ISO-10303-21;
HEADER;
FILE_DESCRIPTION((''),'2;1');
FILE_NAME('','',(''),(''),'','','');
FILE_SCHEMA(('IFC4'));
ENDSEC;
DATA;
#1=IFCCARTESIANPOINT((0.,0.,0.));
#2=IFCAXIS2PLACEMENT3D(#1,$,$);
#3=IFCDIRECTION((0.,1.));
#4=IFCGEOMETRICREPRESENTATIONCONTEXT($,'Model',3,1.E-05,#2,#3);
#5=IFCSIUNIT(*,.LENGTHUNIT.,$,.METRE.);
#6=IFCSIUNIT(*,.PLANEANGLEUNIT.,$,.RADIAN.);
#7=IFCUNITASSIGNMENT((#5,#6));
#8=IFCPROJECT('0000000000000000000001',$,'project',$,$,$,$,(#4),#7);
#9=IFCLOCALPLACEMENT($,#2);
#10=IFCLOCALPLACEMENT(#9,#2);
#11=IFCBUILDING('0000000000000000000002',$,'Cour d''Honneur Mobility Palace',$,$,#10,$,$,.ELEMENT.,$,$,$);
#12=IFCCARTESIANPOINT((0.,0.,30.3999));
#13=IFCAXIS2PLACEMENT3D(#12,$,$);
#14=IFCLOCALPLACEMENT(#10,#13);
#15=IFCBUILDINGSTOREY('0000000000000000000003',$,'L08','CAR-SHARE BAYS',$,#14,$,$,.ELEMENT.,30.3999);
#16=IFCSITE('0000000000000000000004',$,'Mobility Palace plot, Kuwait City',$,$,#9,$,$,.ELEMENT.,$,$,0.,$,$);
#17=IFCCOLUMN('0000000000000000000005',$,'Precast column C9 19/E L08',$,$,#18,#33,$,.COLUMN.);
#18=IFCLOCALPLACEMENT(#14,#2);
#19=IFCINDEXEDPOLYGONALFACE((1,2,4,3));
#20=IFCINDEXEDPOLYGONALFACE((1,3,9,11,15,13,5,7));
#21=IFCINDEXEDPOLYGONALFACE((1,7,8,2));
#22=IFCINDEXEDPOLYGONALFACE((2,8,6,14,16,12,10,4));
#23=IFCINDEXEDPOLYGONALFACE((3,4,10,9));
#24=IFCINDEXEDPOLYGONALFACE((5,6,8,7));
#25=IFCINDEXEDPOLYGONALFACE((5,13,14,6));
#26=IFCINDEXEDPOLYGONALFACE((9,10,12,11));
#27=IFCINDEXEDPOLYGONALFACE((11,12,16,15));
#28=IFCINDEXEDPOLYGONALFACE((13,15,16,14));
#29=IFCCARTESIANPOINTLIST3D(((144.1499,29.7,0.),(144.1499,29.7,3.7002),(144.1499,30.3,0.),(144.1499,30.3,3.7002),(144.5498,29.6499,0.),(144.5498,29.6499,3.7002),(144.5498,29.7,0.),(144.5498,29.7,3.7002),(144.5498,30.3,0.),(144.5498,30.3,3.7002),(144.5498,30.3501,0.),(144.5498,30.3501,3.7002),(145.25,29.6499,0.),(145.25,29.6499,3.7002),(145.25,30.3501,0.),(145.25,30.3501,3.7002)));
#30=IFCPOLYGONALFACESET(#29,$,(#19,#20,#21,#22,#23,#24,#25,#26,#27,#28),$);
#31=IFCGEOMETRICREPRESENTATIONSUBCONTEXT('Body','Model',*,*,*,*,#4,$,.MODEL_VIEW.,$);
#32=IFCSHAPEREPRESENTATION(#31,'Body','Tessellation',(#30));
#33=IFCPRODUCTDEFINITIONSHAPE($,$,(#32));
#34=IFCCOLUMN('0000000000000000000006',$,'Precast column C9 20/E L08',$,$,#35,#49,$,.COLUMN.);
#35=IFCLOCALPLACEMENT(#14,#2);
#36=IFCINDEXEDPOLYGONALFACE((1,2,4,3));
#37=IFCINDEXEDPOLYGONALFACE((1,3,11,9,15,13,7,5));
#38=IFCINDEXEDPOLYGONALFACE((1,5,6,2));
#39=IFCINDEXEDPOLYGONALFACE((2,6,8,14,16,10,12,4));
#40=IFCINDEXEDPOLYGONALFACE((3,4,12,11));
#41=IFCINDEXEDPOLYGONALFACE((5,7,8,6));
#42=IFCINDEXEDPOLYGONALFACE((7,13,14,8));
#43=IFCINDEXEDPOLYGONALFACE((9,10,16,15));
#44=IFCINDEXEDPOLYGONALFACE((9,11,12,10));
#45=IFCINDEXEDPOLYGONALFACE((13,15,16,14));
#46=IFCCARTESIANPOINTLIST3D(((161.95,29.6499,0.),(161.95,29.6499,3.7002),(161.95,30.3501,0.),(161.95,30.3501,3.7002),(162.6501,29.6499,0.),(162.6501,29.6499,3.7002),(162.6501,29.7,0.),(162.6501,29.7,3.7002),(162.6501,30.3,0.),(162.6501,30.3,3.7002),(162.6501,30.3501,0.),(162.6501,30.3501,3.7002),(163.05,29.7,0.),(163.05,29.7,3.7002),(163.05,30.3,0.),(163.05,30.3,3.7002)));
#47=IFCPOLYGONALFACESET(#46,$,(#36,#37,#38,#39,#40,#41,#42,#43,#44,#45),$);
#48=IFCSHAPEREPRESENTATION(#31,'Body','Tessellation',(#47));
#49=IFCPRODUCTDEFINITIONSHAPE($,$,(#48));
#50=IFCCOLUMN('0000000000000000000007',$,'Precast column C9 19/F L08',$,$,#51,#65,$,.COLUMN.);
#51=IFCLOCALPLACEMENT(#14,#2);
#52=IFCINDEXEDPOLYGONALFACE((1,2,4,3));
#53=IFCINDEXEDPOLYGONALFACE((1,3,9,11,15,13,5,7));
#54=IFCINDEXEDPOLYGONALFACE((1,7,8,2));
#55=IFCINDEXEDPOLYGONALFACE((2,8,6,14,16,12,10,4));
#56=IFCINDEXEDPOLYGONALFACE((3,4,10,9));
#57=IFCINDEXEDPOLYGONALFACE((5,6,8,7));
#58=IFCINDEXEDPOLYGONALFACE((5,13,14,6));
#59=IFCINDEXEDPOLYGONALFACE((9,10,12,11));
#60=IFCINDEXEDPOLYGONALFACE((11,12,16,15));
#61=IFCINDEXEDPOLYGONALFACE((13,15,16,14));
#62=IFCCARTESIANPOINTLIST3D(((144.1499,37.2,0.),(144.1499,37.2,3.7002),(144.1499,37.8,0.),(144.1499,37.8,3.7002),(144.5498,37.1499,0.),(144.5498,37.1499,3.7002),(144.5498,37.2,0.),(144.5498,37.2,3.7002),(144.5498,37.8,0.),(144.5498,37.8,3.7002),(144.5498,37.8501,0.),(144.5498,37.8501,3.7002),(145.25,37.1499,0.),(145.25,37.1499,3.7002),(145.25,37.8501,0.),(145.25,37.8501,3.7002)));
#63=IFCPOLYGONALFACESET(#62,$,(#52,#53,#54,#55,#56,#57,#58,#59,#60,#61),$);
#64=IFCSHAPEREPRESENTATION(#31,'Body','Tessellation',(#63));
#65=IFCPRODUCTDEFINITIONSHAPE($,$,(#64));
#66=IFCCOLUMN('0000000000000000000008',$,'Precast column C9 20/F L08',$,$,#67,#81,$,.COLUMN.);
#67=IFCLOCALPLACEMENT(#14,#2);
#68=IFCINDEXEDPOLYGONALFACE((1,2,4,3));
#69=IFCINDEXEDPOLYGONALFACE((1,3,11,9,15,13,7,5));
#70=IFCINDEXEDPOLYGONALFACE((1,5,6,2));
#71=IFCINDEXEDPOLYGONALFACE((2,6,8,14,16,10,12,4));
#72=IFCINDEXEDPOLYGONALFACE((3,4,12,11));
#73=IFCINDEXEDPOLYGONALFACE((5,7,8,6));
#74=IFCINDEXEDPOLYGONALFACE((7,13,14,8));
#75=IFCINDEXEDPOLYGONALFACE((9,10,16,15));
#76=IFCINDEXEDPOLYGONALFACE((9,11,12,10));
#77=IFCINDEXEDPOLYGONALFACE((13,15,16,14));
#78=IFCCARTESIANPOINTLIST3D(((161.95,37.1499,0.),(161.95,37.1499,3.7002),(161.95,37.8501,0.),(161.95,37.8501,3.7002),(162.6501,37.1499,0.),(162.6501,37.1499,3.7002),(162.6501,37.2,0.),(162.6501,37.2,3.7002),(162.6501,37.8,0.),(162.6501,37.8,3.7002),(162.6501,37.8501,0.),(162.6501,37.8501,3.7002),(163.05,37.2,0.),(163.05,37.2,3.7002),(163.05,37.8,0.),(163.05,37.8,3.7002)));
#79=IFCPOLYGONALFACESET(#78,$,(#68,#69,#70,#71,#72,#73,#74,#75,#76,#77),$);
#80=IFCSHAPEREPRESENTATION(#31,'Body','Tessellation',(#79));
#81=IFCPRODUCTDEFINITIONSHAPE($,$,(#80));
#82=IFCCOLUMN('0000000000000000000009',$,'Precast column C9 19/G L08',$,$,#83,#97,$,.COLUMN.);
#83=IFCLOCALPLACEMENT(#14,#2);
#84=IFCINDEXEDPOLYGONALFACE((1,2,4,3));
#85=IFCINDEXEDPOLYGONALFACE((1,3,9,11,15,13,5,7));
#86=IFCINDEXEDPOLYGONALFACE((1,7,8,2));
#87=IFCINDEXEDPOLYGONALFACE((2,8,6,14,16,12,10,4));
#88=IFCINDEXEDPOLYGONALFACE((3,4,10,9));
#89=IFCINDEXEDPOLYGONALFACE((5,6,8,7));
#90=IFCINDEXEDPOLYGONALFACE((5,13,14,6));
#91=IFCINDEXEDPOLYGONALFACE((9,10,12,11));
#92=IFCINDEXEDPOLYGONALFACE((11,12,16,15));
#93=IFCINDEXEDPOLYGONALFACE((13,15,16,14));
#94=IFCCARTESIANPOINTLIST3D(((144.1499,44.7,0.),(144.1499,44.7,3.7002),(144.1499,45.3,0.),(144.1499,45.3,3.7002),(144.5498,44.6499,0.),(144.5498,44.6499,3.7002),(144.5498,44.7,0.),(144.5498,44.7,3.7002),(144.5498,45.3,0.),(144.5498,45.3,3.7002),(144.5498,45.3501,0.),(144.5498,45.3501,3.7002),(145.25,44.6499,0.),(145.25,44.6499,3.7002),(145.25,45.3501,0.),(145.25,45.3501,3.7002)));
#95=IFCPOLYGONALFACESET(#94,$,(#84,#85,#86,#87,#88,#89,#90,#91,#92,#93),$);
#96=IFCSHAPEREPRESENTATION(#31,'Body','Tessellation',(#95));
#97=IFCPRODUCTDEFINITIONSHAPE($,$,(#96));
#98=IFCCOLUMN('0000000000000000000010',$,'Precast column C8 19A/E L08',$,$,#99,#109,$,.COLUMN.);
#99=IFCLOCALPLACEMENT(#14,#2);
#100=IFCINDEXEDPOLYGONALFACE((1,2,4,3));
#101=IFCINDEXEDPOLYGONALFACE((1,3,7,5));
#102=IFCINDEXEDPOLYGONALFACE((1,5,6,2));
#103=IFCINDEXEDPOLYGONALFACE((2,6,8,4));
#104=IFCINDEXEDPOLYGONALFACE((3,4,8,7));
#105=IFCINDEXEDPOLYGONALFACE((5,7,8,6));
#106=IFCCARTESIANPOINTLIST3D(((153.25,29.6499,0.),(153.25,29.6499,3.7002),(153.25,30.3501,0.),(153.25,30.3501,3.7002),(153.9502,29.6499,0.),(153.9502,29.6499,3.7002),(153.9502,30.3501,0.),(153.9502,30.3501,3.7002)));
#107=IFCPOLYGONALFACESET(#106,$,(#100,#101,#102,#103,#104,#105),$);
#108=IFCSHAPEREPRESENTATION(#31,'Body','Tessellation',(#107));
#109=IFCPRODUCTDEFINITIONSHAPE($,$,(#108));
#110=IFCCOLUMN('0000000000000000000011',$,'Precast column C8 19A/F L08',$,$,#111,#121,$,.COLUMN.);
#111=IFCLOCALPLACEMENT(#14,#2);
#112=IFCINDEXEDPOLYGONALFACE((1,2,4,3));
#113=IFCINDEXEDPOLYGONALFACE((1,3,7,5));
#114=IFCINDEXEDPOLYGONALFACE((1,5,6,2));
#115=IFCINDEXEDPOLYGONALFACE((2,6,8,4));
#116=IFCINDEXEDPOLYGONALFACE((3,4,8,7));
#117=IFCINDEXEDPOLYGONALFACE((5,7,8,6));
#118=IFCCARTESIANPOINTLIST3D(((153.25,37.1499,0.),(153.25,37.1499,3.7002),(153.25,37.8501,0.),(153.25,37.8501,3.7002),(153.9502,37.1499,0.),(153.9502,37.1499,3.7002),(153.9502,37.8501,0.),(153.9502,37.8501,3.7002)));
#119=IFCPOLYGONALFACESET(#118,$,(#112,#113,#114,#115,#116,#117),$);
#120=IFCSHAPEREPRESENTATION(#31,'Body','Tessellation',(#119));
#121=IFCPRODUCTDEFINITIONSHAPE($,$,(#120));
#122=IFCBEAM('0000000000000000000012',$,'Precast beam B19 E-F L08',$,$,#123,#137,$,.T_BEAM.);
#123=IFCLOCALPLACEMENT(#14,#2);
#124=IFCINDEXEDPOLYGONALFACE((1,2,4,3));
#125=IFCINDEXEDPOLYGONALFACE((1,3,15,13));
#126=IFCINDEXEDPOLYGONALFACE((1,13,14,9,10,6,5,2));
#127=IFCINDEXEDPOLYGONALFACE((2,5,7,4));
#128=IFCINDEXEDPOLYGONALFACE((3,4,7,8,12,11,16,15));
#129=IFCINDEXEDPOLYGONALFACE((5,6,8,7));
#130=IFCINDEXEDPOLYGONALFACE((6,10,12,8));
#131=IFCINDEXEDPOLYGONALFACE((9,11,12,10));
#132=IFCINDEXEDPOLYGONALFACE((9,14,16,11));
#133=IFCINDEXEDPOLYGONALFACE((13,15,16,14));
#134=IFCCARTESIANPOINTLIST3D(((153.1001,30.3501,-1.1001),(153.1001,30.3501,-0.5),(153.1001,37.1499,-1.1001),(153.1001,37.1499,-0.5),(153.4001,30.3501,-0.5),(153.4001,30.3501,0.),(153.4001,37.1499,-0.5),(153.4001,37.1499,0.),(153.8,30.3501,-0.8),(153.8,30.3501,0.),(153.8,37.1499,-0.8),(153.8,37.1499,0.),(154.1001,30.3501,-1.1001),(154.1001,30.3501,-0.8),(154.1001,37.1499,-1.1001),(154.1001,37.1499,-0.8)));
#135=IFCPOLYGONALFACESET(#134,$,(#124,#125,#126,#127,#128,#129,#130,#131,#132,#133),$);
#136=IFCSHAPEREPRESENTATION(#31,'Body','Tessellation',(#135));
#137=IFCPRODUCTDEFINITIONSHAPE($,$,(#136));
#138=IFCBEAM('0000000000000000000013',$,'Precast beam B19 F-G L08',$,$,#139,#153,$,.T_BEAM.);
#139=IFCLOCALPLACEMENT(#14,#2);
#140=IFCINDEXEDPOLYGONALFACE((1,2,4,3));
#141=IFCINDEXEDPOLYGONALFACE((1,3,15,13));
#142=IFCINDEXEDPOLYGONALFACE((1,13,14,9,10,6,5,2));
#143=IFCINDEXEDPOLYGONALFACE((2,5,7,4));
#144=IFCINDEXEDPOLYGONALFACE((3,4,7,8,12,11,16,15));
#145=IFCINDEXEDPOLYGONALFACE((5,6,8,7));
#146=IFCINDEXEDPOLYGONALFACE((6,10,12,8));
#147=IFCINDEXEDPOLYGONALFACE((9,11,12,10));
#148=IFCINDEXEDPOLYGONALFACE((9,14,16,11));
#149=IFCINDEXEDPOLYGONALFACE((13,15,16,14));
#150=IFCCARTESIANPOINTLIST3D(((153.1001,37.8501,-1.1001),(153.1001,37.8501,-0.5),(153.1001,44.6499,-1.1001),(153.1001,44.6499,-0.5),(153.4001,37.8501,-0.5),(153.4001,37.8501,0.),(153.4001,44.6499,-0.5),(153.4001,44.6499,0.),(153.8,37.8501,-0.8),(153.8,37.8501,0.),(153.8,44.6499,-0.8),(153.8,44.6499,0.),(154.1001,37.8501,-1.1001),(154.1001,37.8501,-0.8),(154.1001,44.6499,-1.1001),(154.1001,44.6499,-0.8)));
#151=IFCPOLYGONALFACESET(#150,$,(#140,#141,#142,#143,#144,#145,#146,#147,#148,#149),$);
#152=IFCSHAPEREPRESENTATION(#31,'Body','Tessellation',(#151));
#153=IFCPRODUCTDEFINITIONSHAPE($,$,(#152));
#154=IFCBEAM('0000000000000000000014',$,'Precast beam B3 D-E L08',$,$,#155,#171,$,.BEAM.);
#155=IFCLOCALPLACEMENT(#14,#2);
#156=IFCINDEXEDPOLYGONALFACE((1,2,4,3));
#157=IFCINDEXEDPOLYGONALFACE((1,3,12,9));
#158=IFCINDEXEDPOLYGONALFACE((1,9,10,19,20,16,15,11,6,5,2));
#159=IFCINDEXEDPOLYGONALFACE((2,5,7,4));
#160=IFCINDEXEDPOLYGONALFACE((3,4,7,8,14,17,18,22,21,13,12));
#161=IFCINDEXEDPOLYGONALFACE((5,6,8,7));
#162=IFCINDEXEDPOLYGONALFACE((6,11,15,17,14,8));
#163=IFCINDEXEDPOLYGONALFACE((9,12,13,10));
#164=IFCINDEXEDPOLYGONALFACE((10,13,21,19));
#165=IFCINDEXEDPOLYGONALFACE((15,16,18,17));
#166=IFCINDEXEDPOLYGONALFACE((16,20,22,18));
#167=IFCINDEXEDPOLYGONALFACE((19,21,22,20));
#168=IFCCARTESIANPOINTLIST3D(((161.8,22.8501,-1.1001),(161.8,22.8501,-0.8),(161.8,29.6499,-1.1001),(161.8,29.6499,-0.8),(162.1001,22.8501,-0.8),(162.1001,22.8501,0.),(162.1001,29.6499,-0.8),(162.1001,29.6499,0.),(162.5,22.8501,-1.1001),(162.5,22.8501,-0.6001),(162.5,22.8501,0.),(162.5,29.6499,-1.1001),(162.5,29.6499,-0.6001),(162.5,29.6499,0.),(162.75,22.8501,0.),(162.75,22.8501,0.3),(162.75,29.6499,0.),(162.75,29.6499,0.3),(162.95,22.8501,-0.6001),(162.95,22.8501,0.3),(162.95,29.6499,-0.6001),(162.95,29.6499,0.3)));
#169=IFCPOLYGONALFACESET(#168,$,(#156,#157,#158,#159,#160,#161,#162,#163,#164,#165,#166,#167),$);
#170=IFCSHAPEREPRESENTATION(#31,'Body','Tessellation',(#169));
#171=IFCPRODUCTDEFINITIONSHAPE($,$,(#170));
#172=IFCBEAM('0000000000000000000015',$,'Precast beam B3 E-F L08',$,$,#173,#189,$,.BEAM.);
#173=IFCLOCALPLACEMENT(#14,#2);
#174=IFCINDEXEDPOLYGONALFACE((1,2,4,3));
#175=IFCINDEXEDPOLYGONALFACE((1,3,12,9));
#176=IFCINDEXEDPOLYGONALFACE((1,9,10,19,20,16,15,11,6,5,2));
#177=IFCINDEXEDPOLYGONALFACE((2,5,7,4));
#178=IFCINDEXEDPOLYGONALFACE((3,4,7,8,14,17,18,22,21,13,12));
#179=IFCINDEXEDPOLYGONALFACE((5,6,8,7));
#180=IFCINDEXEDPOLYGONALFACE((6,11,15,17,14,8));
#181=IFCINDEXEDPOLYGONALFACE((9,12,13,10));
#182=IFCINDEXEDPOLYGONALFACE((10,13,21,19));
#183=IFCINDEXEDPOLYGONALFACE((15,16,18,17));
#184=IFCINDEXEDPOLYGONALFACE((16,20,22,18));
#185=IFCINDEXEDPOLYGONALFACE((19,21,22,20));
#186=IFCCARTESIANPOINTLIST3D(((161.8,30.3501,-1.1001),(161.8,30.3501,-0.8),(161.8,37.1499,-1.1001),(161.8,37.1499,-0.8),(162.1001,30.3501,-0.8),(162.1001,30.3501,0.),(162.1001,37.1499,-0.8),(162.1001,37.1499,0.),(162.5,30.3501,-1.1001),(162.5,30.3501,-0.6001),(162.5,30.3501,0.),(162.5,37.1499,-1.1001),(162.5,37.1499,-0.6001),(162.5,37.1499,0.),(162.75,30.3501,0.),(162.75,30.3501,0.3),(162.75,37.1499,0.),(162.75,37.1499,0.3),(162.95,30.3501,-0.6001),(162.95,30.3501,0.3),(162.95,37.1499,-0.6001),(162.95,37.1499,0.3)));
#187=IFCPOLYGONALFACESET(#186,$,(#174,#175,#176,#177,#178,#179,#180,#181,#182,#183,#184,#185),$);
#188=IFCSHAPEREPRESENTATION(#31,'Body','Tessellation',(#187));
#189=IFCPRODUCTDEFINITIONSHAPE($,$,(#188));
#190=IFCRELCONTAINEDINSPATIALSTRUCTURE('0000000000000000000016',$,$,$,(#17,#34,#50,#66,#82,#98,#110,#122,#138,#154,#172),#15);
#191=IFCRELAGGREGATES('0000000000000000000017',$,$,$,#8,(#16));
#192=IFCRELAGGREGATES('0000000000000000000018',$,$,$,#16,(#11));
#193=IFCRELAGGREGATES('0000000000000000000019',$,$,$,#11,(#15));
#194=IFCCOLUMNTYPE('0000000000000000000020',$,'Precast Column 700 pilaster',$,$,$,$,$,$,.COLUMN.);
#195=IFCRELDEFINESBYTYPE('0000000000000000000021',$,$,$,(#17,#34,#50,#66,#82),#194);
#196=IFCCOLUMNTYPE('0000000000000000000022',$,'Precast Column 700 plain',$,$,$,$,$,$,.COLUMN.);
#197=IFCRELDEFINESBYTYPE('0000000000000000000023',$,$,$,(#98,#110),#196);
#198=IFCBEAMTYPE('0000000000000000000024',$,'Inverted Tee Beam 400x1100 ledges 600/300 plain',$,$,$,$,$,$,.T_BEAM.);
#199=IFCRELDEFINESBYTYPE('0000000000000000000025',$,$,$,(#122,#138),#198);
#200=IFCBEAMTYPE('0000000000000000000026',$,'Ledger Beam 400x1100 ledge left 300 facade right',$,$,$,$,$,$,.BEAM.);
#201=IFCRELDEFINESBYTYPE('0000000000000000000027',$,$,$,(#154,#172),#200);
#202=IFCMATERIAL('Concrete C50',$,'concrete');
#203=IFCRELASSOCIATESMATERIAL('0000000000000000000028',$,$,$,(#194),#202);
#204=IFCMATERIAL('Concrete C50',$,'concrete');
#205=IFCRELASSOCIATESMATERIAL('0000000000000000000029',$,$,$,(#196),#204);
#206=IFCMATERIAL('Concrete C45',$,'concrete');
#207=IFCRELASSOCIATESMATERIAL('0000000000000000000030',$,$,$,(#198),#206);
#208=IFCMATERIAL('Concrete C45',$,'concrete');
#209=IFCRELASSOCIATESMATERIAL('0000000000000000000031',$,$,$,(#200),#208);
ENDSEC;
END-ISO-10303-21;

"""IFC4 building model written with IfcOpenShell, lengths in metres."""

from ifc_helpers import new_model, si_unit, direction, frame, origin, place, context, subcontext, project, spatial, polyline, outline, extrude, material, material_profile, profile_set, type_object, element, save


model = new_model("IFC4")

# Units and contexts
model_context = context("Model", 3, precision=1e-05, world=origin(), true_north=direction((0.0, 1.0)))
body_context = subcontext(model_context, "Body", "Model", "MODEL_VIEW")
ifc_project = project(units=[si_unit("LENGTHUNIT", "METRE"), si_unit("PLANEANGLEUNIT", "RADIAN")], contexts=[model_context])

# Site, building, storey
site_placement = place(None, origin())
site = spatial("IfcSite", under=ifc_project, at=site_placement, Name="Mobility Palace plot, Kuwait City", CompositionType="ELEMENT", RefElevation=0.0)
building_placement = place(site_placement, origin())
building = spatial("IfcBuilding", under=site, at=building_placement, Name="Cour d'Honneur Mobility Palace", CompositionType="ELEMENT")
storey_placement = place(building_placement, frame((0.0, 0.0, 30.3999)))
storey = spatial("IfcBuildingStorey", under=building, at=storey_placement, Name="L08", Description="CAR-SHARE BAYS", CompositionType="ELEMENT", Elevation=30.3999)

# Columns
ifc_material_1 = material(Name="Concrete C50", Category="concrete")
ifc_material_profile_1 = material_profile(ifc_material_1, outline(polyline([(-0.3501, -0.3501), (0.3501, -0.3501), (0.3501, -0.3), (0.75, -0.3), (0.75, 0.3), (0.3501, 0.3), (0.3501, 0.3501), (-0.3501, 0.3501), (-0.3501, -0.3501)])), Name="PC C700 pilaster")
ifc_profile_set_1 = profile_set([ifc_material_profile_1], Name="Concrete C50")
column_type_1 = type_object("IfcColumnType", Name="Precast Column 700 pilaster", PredefinedType="COLUMN", material=ifc_profile_set_1)
for number, where, z_axis, x_axis, name in (
    (1, (144.8999, 30.0, 0.0), (0.0, 0.0, 1.0), (-1.0, 0.0, 0.0), "Precast column C9 19/E L08"),
    (2, (162.3, 30.0, 0.0), (0.0, 0.0, 1.0), (1.0, 0.0, 0.0), "Precast column C9 20/E L08"),
    (3, (144.8999, 37.5, 0.0), (0.0, 0.0, 1.0), (-1.0, 0.0, 0.0), "Precast column C9 19/F L08"),
    (4, (162.3, 37.5, 0.0), (0.0, 0.0, 1.0), (1.0, 0.0, 0.0), "Precast column C9 20/F L08"),
    (5, (144.8999, 45.0, 0.0), (0.0, 0.0, 1.0), (-1.0, 0.0, 0.0), "Precast column C9 19/G L08"),
):
    element("IfcColumn", number, at=place(storey_placement, frame(where, z_axis=z_axis, x_axis=x_axis)), inside=storey, type_object=column_type_1, Name=name, PredefinedType="COLUMN", context=body_context, shape_type="SweptSolid", body=[
        extrude(outline(polyline([(-0.3501, -0.3501), (0.3501, -0.3501), (0.3501, -0.3), (0.75, -0.3), (0.75, 0.3), (0.3501, 0.3), (0.3501, 0.3501), (-0.3501, 0.3501), (-0.3501, -0.3501)])), origin(), (0.0, 0.0, 1.0), 3.7002),
    ])
ifc_material_2 = material(Name="Concrete C50", Category="concrete")
ifc_material_profile_2 = material_profile(ifc_material_2, outline(polyline([(-0.3501, -0.3501), (0.3501, -0.3501), (0.3501, 0.3501), (-0.3501, 0.3501), (-0.3501, -0.3501)])), Name="PC C700 plain")
ifc_profile_set_2 = profile_set([ifc_material_profile_2], Name="Concrete C50")
column_type_2 = type_object("IfcColumnType", Name="Precast Column 700 plain", PredefinedType="COLUMN", material=ifc_profile_set_2)
for number, where, z_axis, x_axis, name in (
    (6, (153.6001, 30.0, 0.0), (0.0, 0.0, 1.0), (1.0, 0.0, 0.0), "Precast column C8 19A/E L08"),
    (7, (153.6001, 37.5, 0.0), (0.0, 0.0, 1.0), (1.0, 0.0, 0.0), "Precast column C8 19A/F L08"),
):
    element("IfcColumn", number, at=place(storey_placement, frame(where, z_axis=z_axis, x_axis=x_axis)), inside=storey, type_object=column_type_2, Name=name, PredefinedType="COLUMN", context=body_context, shape_type="SweptSolid", body=[
        extrude(outline(polyline([(-0.3501, -0.3501), (0.3501, -0.3501), (0.3501, 0.3501), (-0.3501, 0.3501), (-0.3501, -0.3501)])), origin(), (0.0, 0.0, 1.0), 3.7002),
    ])

# Beams
ifc_material_3 = material(Name="Concrete C45", Category="concrete")
ifc_material_profile_3 = material_profile(ifc_material_3, outline(polyline([(0.5, -1.1001), (0.5, -0.5), (0.2, -0.5), (0.2, 0.0), (-0.2, 0.0), (-0.2, -0.8), (-0.5, -0.8), (-0.5, -1.1001), (0.5, -1.1001)])), Name="Inverted Tee Beam 400x1100 ledges 600/300 plain")
ifc_profile_set_3 = profile_set([ifc_material_profile_3], Name="Concrete C45")
beam_type_1 = type_object("IfcBeamType", Name="Inverted Tee Beam 400x1100 ledges 600/300 plain", PredefinedType="T_BEAM", material=ifc_profile_set_3)
for number, where, z_axis, x_axis, name in (
    (8, (153.6001, 30.3501, 0.0), (0.0, 1.0, 0.0), (-1.0, 0.0, 0.0), "Precast beam B19 E-F L08"),
    (9, (153.6001, 37.8501, 0.0), (0.0, 1.0, 0.0), (-1.0, 0.0, 0.0), "Precast beam B19 F-G L08"),
):
    element("IfcBeam", number, at=place(storey_placement, frame(where, z_axis=z_axis, x_axis=x_axis)), inside=storey, type_object=beam_type_1, Name=name, PredefinedType="T_BEAM", context=body_context, shape_type="SweptSolid", body=[
        extrude(outline(polyline([(0.5, -1.1001), (0.5, -0.5), (0.2, -0.5), (0.2, 0.0), (-0.2, 0.0), (-0.2, -0.8), (-0.5, -0.8), (-0.5, -1.1001), (0.5, -1.1001)])), origin(), (0.0, 0.0, 1.0), 6.7998),
    ])
ifc_material_4 = material(Name="Concrete C45", Category="concrete")
ifc_material_profile_4 = material_profile(ifc_material_4, outline(polyline([(0.5, -1.1001), (0.5, -0.8), (0.2, -0.8), (0.2, 0.0), (-0.2, 0.0), (-0.45, 0.0), (-0.45, 0.3), (-0.6499, 0.3), (-0.6499, -0.6001), (-0.2, -0.6001), (-0.2, -1.1001), (0.5, -1.1001)])), Name="Ledger Beam 400x1100 ledge left 300 facade right")
ifc_profile_set_4 = profile_set([ifc_material_profile_4], Name="Concrete C45")
beam_type_2 = type_object("IfcBeamType", Name="Ledger Beam 400x1100 ledge left 300 facade right", PredefinedType="BEAM", material=ifc_profile_set_4)
for number, where, z_axis, x_axis, name in (
    (10, (162.3, 22.8501, 0.0), (0.0, 1.0, 0.0), (-1.0, 0.0, 0.0), "Precast beam B3 D-E L08"),
    (11, (162.3, 30.3501, 0.0), (0.0, 1.0, 0.0), (-1.0, 0.0, 0.0), "Precast beam B3 E-F L08"),
):
    element("IfcBeam", number, at=place(storey_placement, frame(where, z_axis=z_axis, x_axis=x_axis)), inside=storey, type_object=beam_type_2, Name=name, PredefinedType="BEAM", context=body_context, shape_type="SweptSolid", body=[
        extrude(outline(polyline([(0.5, -1.1001), (0.5, -0.8), (0.2, -0.8), (0.2, 0.0), (-0.2, 0.0), (-0.45, 0.0), (-0.45, 0.3), (-0.6499, 0.3), (-0.6499, -0.6001), (-0.2, -0.6001), (-0.2, -1.1001), (0.5, -1.1001)])), origin(), (0.0, 0.0, 1.0), 6.7998),
    ])

save(model, "model.ifc")
